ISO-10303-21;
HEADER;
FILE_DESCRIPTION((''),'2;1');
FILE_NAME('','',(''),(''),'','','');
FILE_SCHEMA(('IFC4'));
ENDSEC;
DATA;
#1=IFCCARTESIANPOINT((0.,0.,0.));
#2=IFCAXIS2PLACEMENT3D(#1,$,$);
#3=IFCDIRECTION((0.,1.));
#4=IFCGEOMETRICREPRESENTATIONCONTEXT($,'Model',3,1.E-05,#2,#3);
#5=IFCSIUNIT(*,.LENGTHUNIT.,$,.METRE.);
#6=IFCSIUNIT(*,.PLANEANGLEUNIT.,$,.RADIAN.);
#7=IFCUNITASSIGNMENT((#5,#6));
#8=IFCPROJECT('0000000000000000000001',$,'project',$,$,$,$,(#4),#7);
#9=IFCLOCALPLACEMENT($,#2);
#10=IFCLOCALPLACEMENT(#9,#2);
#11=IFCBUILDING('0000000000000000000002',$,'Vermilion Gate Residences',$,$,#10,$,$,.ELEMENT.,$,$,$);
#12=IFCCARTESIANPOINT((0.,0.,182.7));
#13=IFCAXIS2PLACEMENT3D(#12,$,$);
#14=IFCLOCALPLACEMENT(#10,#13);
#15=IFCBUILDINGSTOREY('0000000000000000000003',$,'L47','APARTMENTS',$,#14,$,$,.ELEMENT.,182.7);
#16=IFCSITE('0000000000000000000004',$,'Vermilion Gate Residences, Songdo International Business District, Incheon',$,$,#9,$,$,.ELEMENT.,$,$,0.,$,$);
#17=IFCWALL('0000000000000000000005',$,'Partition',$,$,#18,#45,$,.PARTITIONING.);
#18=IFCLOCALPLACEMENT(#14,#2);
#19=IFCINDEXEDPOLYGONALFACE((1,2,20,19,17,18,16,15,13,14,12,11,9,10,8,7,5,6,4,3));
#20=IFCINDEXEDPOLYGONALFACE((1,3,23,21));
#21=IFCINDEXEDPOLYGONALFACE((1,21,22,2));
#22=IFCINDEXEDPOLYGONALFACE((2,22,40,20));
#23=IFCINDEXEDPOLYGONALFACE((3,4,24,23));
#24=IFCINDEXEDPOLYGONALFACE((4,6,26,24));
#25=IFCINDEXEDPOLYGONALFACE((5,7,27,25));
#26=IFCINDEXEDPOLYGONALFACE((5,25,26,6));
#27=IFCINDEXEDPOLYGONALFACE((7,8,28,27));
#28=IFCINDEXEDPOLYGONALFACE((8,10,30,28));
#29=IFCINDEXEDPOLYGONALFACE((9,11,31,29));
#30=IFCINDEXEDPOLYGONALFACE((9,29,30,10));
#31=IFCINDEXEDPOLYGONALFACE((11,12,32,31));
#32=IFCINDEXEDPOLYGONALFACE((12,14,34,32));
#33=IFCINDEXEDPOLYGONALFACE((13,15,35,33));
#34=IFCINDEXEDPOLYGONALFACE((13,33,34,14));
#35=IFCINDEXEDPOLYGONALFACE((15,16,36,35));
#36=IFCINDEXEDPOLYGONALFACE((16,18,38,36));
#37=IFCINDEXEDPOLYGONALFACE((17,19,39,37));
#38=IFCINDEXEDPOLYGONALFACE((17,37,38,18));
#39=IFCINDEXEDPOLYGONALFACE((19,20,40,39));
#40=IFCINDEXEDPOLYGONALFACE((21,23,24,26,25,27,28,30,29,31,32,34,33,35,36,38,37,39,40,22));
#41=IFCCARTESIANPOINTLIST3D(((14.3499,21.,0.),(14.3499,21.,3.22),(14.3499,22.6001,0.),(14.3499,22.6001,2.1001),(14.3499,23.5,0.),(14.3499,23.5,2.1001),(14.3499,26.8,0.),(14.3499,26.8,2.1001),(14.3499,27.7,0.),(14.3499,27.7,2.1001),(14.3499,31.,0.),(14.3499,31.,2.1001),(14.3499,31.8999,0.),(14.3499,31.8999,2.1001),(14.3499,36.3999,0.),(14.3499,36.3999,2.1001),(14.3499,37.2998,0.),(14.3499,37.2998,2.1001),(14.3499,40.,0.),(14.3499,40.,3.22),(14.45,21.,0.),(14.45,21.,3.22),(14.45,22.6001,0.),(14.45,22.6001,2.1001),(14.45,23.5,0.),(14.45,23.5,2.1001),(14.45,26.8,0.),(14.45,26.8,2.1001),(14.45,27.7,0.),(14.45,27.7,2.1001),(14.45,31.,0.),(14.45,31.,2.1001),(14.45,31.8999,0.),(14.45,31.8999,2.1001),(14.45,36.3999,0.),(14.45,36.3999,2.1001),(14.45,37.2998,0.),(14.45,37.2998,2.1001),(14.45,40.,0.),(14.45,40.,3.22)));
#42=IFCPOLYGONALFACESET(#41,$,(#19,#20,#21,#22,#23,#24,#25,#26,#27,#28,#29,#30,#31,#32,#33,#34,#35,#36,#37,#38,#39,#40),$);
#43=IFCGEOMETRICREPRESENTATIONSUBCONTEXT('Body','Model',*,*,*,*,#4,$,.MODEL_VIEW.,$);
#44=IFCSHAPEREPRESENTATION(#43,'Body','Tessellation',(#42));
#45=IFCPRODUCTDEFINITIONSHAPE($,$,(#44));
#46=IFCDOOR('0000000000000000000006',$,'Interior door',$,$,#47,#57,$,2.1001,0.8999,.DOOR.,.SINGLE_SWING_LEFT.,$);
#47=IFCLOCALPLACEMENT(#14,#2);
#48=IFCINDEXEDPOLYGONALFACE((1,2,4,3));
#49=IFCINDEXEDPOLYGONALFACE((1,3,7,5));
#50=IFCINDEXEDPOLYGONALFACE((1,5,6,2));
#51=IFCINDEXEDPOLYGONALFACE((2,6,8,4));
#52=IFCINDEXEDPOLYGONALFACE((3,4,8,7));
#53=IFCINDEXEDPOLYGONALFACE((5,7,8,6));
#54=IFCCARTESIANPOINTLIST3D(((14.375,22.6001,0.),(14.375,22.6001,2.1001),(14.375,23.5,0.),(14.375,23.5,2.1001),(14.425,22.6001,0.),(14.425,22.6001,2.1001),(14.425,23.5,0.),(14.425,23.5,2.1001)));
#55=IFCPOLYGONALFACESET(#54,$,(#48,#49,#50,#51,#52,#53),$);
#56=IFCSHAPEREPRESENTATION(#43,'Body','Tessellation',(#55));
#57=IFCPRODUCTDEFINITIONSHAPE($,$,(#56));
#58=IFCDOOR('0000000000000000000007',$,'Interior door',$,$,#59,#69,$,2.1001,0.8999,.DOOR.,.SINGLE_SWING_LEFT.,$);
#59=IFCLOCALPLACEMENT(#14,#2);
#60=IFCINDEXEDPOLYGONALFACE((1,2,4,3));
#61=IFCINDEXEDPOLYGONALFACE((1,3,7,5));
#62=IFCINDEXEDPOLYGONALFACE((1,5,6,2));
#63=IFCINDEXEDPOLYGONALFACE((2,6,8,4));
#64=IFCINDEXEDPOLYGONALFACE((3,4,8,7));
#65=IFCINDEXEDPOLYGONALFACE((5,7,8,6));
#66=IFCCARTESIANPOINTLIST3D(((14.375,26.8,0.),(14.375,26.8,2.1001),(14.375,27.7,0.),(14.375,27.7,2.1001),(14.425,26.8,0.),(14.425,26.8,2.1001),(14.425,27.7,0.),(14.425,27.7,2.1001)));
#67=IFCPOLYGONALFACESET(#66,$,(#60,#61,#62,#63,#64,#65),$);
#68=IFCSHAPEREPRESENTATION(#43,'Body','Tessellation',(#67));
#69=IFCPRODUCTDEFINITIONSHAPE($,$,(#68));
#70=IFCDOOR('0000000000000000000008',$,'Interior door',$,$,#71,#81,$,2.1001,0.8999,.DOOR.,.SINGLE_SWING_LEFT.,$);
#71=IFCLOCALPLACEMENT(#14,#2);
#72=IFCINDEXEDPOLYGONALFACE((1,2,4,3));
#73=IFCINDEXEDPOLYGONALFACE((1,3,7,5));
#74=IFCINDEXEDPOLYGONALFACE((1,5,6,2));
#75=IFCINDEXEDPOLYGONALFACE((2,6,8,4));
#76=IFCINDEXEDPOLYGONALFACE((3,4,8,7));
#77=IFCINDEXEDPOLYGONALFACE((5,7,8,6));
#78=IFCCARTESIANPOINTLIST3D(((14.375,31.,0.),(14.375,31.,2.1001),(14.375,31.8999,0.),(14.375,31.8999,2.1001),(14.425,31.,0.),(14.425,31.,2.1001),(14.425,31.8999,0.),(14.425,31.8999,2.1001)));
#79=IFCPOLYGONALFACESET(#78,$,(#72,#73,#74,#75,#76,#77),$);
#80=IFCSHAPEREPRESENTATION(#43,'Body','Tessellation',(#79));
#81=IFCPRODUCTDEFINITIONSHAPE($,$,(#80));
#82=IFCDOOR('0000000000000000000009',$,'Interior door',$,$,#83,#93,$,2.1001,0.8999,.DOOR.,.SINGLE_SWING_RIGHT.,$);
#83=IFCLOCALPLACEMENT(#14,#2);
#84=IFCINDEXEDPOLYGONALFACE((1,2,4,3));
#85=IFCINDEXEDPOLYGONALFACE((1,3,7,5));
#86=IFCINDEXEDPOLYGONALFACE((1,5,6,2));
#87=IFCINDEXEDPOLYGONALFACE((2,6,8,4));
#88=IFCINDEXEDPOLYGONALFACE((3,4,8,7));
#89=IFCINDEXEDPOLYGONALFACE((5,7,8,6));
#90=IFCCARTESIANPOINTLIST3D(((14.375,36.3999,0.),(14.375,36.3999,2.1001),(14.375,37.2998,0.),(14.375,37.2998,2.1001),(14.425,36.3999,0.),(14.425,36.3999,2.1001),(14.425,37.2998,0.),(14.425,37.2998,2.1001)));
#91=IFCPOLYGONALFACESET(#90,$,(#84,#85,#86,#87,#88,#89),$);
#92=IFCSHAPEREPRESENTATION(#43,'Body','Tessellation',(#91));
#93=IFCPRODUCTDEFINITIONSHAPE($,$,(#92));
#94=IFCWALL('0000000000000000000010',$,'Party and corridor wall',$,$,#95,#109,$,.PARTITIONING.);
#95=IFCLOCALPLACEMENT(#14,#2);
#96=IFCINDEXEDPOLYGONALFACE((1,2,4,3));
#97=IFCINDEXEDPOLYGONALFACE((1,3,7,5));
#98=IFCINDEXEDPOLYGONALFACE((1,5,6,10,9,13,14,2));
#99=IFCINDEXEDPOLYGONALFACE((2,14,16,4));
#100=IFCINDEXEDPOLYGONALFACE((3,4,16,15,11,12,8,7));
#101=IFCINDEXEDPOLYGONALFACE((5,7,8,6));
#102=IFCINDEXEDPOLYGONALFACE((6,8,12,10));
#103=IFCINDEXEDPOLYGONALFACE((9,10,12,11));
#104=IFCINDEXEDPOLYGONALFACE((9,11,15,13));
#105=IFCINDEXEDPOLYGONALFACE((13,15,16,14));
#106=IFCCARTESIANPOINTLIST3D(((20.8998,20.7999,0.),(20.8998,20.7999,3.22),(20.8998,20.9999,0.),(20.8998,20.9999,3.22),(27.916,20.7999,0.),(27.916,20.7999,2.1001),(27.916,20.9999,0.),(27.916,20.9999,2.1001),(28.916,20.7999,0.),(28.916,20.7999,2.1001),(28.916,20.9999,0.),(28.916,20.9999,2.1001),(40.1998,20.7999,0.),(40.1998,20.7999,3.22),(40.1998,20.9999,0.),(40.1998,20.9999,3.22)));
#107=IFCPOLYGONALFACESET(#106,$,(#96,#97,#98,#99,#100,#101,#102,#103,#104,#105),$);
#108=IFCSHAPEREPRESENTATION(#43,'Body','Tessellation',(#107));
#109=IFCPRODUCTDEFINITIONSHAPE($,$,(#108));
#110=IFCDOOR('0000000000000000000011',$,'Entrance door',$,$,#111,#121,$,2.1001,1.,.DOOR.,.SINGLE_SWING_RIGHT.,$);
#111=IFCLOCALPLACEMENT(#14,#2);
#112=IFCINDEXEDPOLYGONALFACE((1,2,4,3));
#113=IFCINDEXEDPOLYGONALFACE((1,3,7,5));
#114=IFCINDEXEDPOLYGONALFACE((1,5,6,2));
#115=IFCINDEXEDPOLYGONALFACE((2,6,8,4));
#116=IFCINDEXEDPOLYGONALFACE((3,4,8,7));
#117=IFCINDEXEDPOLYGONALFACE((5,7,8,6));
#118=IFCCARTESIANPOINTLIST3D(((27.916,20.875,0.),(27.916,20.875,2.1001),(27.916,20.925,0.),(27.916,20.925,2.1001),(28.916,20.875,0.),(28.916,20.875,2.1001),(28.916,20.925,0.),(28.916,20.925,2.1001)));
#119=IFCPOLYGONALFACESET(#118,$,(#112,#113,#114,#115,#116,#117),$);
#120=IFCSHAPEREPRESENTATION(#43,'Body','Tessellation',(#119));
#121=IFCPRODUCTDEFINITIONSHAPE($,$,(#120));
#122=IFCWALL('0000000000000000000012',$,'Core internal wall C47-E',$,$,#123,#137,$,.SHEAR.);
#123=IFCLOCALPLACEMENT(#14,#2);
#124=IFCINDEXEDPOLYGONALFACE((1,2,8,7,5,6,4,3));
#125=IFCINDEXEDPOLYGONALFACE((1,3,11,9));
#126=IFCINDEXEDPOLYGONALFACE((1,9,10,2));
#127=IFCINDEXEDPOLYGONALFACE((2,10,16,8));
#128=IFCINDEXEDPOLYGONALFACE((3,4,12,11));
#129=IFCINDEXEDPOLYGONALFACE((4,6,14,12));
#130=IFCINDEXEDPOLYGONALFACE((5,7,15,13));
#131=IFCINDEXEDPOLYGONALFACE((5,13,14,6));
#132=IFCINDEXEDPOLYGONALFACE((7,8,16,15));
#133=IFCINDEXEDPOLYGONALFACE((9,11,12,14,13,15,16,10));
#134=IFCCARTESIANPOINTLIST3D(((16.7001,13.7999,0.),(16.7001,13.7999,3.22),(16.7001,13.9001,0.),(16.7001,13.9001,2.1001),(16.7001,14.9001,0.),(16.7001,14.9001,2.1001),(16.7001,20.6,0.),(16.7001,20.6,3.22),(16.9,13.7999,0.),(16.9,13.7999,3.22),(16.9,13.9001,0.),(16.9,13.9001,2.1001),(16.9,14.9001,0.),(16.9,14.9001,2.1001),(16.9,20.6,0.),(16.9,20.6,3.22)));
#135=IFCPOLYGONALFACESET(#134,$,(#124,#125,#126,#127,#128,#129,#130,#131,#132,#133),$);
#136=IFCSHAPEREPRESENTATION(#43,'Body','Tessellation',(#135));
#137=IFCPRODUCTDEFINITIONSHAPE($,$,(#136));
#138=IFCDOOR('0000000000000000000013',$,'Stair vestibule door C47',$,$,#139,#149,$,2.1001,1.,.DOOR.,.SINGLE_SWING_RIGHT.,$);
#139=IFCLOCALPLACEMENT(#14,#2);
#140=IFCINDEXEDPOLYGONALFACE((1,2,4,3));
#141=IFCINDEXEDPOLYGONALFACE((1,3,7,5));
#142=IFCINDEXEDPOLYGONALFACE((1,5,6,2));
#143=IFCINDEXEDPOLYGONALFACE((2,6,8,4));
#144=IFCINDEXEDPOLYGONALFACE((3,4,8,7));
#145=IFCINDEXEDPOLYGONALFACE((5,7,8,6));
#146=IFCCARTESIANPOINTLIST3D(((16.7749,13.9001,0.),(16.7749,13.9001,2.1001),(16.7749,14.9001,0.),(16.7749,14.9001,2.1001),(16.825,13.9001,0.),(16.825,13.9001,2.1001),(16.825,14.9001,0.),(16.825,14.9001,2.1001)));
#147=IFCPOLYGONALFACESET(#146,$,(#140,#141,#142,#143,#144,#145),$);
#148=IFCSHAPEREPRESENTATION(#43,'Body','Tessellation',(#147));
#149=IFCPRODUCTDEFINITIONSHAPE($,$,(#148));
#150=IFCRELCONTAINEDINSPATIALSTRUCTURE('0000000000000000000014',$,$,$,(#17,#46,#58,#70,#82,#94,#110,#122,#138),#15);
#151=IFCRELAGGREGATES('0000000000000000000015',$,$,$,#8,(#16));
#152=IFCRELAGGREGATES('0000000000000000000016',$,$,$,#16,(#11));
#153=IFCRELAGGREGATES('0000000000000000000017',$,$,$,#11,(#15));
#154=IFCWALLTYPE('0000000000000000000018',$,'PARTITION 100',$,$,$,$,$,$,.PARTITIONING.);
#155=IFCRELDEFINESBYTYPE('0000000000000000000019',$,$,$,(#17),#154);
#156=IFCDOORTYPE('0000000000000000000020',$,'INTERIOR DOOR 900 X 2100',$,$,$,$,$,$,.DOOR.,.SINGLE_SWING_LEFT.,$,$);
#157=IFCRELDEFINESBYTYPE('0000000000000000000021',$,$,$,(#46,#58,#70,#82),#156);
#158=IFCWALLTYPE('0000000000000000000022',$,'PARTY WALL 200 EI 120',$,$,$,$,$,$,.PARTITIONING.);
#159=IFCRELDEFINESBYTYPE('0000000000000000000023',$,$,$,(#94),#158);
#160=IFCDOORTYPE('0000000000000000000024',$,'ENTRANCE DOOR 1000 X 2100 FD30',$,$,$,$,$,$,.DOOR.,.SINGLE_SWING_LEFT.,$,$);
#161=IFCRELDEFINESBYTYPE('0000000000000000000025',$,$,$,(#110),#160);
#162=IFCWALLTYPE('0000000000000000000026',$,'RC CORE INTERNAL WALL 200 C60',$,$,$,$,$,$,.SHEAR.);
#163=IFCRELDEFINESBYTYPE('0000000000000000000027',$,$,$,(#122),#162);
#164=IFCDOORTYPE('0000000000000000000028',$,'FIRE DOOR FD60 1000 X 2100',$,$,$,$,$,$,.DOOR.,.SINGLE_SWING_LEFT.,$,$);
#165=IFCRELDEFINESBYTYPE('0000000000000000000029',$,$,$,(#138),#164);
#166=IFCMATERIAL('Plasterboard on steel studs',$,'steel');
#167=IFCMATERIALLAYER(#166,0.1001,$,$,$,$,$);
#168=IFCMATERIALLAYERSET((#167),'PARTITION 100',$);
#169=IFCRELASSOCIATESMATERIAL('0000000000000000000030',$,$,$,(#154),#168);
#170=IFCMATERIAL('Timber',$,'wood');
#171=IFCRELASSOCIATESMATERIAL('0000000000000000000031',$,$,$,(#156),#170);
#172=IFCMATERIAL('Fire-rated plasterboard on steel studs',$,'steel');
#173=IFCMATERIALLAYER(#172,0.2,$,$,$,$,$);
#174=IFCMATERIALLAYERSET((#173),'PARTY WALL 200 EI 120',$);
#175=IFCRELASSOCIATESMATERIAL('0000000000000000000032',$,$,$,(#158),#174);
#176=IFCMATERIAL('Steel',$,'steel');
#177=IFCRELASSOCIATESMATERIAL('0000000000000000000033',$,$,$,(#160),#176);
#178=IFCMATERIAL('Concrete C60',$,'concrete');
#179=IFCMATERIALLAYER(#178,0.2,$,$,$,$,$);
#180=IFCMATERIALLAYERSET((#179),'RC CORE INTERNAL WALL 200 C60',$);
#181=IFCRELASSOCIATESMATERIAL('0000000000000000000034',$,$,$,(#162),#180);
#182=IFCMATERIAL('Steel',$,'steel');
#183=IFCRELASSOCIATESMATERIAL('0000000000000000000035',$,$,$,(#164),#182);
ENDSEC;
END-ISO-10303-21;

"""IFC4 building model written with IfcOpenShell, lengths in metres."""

from ifc_helpers import new_model, si_unit, direction, frame, frame_2d, origin, place, context, subcontext, project, spatial, rectangle, extrude, material, layer, layer_set, type_object, element, fill, save


model = new_model("IFC4")

# Units and contexts
model_context = context("Model", 3, precision=1e-05, world=origin(), true_north=direction((0.0, 1.0)))
body_context = subcontext(model_context, "Body", "Model", "MODEL_VIEW")
ifc_project = project(units=[si_unit("LENGTHUNIT", "METRE"), si_unit("PLANEANGLEUNIT", "RADIAN")], contexts=[model_context])

# Site, building, storey
site_placement = place(None, origin())
site = spatial("IfcSite", under=ifc_project, at=site_placement, Name="Vermilion Gate Residences, Songdo International Business District, Incheon", CompositionType="ELEMENT", RefElevation=0.0)
building_placement = place(site_placement, origin())
building = spatial("IfcBuilding", under=site, at=building_placement, Name="Vermilion Gate Residences", CompositionType="ELEMENT")
storey_placement = place(building_placement, frame((0.0, 0.0, 182.7)))
storey = spatial("IfcBuildingStorey", under=building, at=storey_placement, Name="L47", Description="APARTMENTS", CompositionType="ELEMENT", Elevation=182.7)

# Wall, openings, doors
ifc_material_1 = material(Name="Plasterboard on steel studs", Category="steel")
ifc_layer_1 = layer(ifc_material_1, 0.1001)
ifc_layer_set_1 = layer_set([ifc_layer_1], Name="PARTITION 100")
wall_type_1 = type_object("IfcWallType", Name="PARTITION 100", PredefinedType="PARTITIONING", material=ifc_layer_set_1)
ifc_material_2 = material(Name="Timber", Category="wood")
door_type_1 = type_object("IfcDoorType", Name="INTERIOR DOOR 900 X 2100", OperationType="SINGLE_SWING_LEFT", PredefinedType="DOOR", material=ifc_material_2)
wall_1_placement = place(storey_placement, frame((14.3999, 21.0, 0.0), z_axis=(0.0, 0.0, 1.0), x_axis=(0.0, 1.0, 0.0)))
wall_1 = element("IfcWall", 1, at=wall_1_placement, inside=storey, type_object=wall_type_1, Name="Partition", PredefinedType="PARTITIONING", context=body_context, shape_type="SweptSolid", body=[
    extrude(rectangle(XDim=19.0, YDim=0.1001, at=frame_2d((9.5, 0.0))), origin(), (0.0, 0.0, 1.0), 3.22),
])
opening_1_placement = place(wall_1_placement, frame((1.6001, 0.0, 0.0)))
opening_1 = element("IfcOpeningElement", 2, at=opening_1_placement, cuts=wall_1, PredefinedType="OPENING", context=body_context, shape_type="SweptSolid", body=[
    extrude(rectangle(XDim=0.8999, YDim=2.1001, at=frame_2d((0.45, 1.05))), frame((0.0, 0.0601, 0.0), z_axis=(0.0, -1.0, 0.0), x_axis=(1.0, 0.0, 0.0)), (0.0, 0.0, 1.0), 0.1201),
])
opening_2_placement = place(wall_1_placement, frame((5.8, 0.0, 0.0)))
opening_2 = element("IfcOpeningElement", 3, at=opening_2_placement, cuts=wall_1, PredefinedType="OPENING", context=body_context, shape_type="SweptSolid", body=[
    extrude(rectangle(XDim=0.8999, YDim=2.1001, at=frame_2d((0.45, 1.05))), frame((0.0, 0.0601, 0.0), z_axis=(0.0, -1.0, 0.0), x_axis=(1.0, 0.0, 0.0)), (0.0, 0.0, 1.0), 0.1201),
])
opening_3_placement = place(wall_1_placement, frame((10.0, 0.0, 0.0)))
opening_3 = element("IfcOpeningElement", 4, at=opening_3_placement, cuts=wall_1, PredefinedType="OPENING", context=body_context, shape_type="SweptSolid", body=[
    extrude(rectangle(XDim=0.8999, YDim=2.1001, at=frame_2d((0.45, 1.05))), frame((0.0, 0.0601, 0.0), z_axis=(0.0, -1.0, 0.0), x_axis=(1.0, 0.0, 0.0)), (0.0, 0.0, 1.0), 0.1201),
])
opening_4_placement = place(wall_1_placement, frame((15.3999, 0.0, 0.0)))
opening_4 = element("IfcOpeningElement", 5, at=opening_4_placement, cuts=wall_1, PredefinedType="OPENING", context=body_context, shape_type="SweptSolid", body=[
    extrude(rectangle(XDim=0.8999, YDim=2.1001, at=frame_2d((0.45, 1.05))), frame((0.0, 0.0601, 0.0), z_axis=(0.0, -1.0, 0.0), x_axis=(1.0, 0.0, 0.0)), (0.0, 0.0, 1.0), 0.1201),
])
door_1_placement = place(opening_1_placement, origin())
door_1 = element("IfcDoor", 6, at=door_1_placement, inside=storey, type_object=door_type_1, Name="Interior door", OperationType="SINGLE_SWING_LEFT", OverallHeight=2.1001, OverallWidth=0.8999, PredefinedType="DOOR", context=body_context, shape_type="SweptSolid", body=[
    extrude(rectangle(XDim=0.8999, YDim=2.1001, at=frame_2d((0.45, 1.05))), frame((0.0, 0.0249, 0.0), z_axis=(0.0, -1.0, 0.0), x_axis=(1.0, 0.0, 0.0)), (0.0, 0.0, 1.0), 0.05),
])
fill(opening_1, door_1)
door_2_placement = place(opening_2_placement, origin())
door_2 = element("IfcDoor", 7, at=door_2_placement, inside=storey, type_object=door_type_1, Name="Interior door", OperationType="SINGLE_SWING_LEFT", OverallHeight=2.1001, OverallWidth=0.8999, PredefinedType="DOOR", context=body_context, shape_type="SweptSolid", body=[
    extrude(rectangle(XDim=0.8999, YDim=2.1001, at=frame_2d((0.45, 1.05))), frame((0.0, 0.0249, 0.0), z_axis=(0.0, -1.0, 0.0), x_axis=(1.0, 0.0, 0.0)), (0.0, 0.0, 1.0), 0.05),
])
fill(opening_2, door_2)
door_3_placement = place(opening_3_placement, origin())
door_3 = element("IfcDoor", 8, at=door_3_placement, inside=storey, type_object=door_type_1, Name="Interior door", OperationType="SINGLE_SWING_LEFT", OverallHeight=2.1001, OverallWidth=0.8999, PredefinedType="DOOR", context=body_context, shape_type="SweptSolid", body=[
    extrude(rectangle(XDim=0.8999, YDim=2.1001, at=frame_2d((0.45, 1.05))), frame((0.0, 0.0249, 0.0), z_axis=(0.0, -1.0, 0.0), x_axis=(1.0, 0.0, 0.0)), (0.0, 0.0, 1.0), 0.05),
])
fill(opening_3, door_3)
door_4_placement = place(opening_4_placement, origin())
door_4 = element("IfcDoor", 9, at=door_4_placement, inside=storey, type_object=door_type_1, Name="Interior door", OperationType="SINGLE_SWING_RIGHT", OverallHeight=2.1001, OverallWidth=0.8999, PredefinedType="DOOR", context=body_context, shape_type="SweptSolid", body=[
    extrude(rectangle(XDim=0.8999, YDim=2.1001, at=frame_2d((0.45, 1.05))), frame((0.0, 0.0249, 0.0), z_axis=(0.0, -1.0, 0.0), x_axis=(1.0, 0.0, 0.0)), (0.0, 0.0, 1.0), 0.05),
])
fill(opening_4, door_4)

# Walls, openings, doors
ifc_material_3 = material(Name="Fire-rated plasterboard on steel studs", Category="steel")
ifc_layer_2 = layer(ifc_material_3, 0.2)
ifc_layer_set_2 = layer_set([ifc_layer_2], Name="PARTY WALL 200 EI 120")
wall_type_2 = type_object("IfcWallType", Name="PARTY WALL 200 EI 120", PredefinedType="PARTITIONING", material=ifc_layer_set_2)
wall_2_placement = place(storey_placement, frame((20.8999, 20.8999, 0.0), z_axis=(0.0, 0.0, 1.0), x_axis=(1.0, 0.0, 0.0)))
wall_2 = element("IfcWall", 10, at=wall_2_placement, inside=storey, type_object=wall_type_2, Name="Party and corridor wall", PredefinedType="PARTITIONING", context=body_context, shape_type="SweptSolid", body=[
    extrude(rectangle(XDim=19.3, YDim=0.2, at=frame_2d((9.6499, 0.0))), origin(), (0.0, 0.0, 1.0), 3.22),
])
opening_5_placement = place(wall_2_placement, frame((7.0161, 0.0, 0.0)))
opening_5 = element("IfcOpeningElement", 11, at=opening_5_placement, cuts=wall_2, PredefinedType="OPENING", context=body_context, shape_type="SweptSolid", body=[
    extrude(rectangle(XDim=1.0, YDim=2.1001, at=frame_2d((0.5, 1.05))), frame((0.0, 0.1099, 0.0), z_axis=(0.0, -1.0, 0.0), x_axis=(1.0, 0.0, 0.0)), (0.0, 0.0, 1.0), 0.22),
])
ifc_material_4 = material(Name="Steel", Category="steel")
door_type_2 = type_object("IfcDoorType", Name="ENTRANCE DOOR 1000 X 2100 FD30", OperationType="SINGLE_SWING_LEFT", PredefinedType="DOOR", material=ifc_material_4)
door_5_placement = place(opening_5_placement, frame((1.0, 0.0, 0.0), z_axis=(0.0, 0.0, 1.0), x_axis=(-1.0, 0.0, 0.0)))
door_5 = element("IfcDoor", 12, at=door_5_placement, inside=storey, type_object=door_type_2, Name="Entrance door", OperationType="SINGLE_SWING_RIGHT", OverallHeight=2.1001, OverallWidth=1.0, PredefinedType="DOOR", context=body_context, shape_type="SweptSolid", body=[
    extrude(rectangle(XDim=1.0, YDim=2.1001, at=frame_2d((0.5, 1.05))), frame((0.0, 0.0249, 0.0), z_axis=(0.0, -1.0, 0.0), x_axis=(1.0, 0.0, 0.0)), (0.0, 0.0, 1.0), 0.05),
])
fill(opening_5, door_5)
ifc_material_5 = material(Name="Concrete C60", Category="concrete")
ifc_layer_3 = layer(ifc_material_5, 0.2)
ifc_layer_set_3 = layer_set([ifc_layer_3], Name="RC CORE INTERNAL WALL 200 C60")
wall_type_3 = type_object("IfcWallType", Name="RC CORE INTERNAL WALL 200 C60", PredefinedType="SHEAR", material=ifc_layer_set_3)
wall_3_placement = place(storey_placement, frame((16.8, 13.8, 0.0), z_axis=(0.0, 0.0, 1.0), x_axis=(0.0, 1.0, 0.0)))
wall_3 = element("IfcWall", 13, at=wall_3_placement, inside=storey, type_object=wall_type_3, Name="Core internal wall C47-E", PredefinedType="SHEAR", context=body_context, shape_type="SweptSolid", body=[
    extrude(rectangle(XDim=6.8, YDim=0.2, at=frame_2d((3.3999, 0.0))), origin(), (0.0, 0.0, 1.0), 3.22),
])
opening_6_placement = place(wall_3_placement, frame((0.1001, 0.0, 0.0)))
opening_6 = element("IfcOpeningElement", 14, at=opening_6_placement, cuts=wall_3, PredefinedType="OPENING", context=body_context, shape_type="SweptSolid", body=[
    extrude(rectangle(XDim=1.0, YDim=2.1001, at=frame_2d((0.5, 1.05))), frame((0.0, 0.1099, 0.0), z_axis=(0.0, -1.0, 0.0), x_axis=(1.0, 0.0, 0.0)), (0.0, 0.0, 1.0), 0.22),
])
ifc_material_6 = material(Name="Steel", Category="steel")
door_type_3 = type_object("IfcDoorType", Name="FIRE DOOR FD60 1000 X 2100", OperationType="SINGLE_SWING_LEFT", PredefinedType="DOOR", material=ifc_material_6)
door_6_placement = place(opening_6_placement, frame((1.0, 0.0, 0.0), z_axis=(0.0, 0.0, 1.0), x_axis=(-1.0, 0.0, 0.0)))
door_6 = element("IfcDoor", 15, at=door_6_placement, inside=storey, type_object=door_type_3, Name="Stair vestibule door C47", OperationType="SINGLE_SWING_RIGHT", OverallHeight=2.1001, OverallWidth=1.0, PredefinedType="DOOR", context=body_context, shape_type="SweptSolid", body=[
    extrude(rectangle(XDim=1.0, YDim=2.1001, at=frame_2d((0.5, 1.05))), frame((0.0, 0.0249, 0.0), z_axis=(0.0, -1.0, 0.0), x_axis=(1.0, 0.0, 0.0)), (0.0, 0.0, 1.0), 0.05),
])
fill(opening_6, door_6)

save(model, "model.ifc")
